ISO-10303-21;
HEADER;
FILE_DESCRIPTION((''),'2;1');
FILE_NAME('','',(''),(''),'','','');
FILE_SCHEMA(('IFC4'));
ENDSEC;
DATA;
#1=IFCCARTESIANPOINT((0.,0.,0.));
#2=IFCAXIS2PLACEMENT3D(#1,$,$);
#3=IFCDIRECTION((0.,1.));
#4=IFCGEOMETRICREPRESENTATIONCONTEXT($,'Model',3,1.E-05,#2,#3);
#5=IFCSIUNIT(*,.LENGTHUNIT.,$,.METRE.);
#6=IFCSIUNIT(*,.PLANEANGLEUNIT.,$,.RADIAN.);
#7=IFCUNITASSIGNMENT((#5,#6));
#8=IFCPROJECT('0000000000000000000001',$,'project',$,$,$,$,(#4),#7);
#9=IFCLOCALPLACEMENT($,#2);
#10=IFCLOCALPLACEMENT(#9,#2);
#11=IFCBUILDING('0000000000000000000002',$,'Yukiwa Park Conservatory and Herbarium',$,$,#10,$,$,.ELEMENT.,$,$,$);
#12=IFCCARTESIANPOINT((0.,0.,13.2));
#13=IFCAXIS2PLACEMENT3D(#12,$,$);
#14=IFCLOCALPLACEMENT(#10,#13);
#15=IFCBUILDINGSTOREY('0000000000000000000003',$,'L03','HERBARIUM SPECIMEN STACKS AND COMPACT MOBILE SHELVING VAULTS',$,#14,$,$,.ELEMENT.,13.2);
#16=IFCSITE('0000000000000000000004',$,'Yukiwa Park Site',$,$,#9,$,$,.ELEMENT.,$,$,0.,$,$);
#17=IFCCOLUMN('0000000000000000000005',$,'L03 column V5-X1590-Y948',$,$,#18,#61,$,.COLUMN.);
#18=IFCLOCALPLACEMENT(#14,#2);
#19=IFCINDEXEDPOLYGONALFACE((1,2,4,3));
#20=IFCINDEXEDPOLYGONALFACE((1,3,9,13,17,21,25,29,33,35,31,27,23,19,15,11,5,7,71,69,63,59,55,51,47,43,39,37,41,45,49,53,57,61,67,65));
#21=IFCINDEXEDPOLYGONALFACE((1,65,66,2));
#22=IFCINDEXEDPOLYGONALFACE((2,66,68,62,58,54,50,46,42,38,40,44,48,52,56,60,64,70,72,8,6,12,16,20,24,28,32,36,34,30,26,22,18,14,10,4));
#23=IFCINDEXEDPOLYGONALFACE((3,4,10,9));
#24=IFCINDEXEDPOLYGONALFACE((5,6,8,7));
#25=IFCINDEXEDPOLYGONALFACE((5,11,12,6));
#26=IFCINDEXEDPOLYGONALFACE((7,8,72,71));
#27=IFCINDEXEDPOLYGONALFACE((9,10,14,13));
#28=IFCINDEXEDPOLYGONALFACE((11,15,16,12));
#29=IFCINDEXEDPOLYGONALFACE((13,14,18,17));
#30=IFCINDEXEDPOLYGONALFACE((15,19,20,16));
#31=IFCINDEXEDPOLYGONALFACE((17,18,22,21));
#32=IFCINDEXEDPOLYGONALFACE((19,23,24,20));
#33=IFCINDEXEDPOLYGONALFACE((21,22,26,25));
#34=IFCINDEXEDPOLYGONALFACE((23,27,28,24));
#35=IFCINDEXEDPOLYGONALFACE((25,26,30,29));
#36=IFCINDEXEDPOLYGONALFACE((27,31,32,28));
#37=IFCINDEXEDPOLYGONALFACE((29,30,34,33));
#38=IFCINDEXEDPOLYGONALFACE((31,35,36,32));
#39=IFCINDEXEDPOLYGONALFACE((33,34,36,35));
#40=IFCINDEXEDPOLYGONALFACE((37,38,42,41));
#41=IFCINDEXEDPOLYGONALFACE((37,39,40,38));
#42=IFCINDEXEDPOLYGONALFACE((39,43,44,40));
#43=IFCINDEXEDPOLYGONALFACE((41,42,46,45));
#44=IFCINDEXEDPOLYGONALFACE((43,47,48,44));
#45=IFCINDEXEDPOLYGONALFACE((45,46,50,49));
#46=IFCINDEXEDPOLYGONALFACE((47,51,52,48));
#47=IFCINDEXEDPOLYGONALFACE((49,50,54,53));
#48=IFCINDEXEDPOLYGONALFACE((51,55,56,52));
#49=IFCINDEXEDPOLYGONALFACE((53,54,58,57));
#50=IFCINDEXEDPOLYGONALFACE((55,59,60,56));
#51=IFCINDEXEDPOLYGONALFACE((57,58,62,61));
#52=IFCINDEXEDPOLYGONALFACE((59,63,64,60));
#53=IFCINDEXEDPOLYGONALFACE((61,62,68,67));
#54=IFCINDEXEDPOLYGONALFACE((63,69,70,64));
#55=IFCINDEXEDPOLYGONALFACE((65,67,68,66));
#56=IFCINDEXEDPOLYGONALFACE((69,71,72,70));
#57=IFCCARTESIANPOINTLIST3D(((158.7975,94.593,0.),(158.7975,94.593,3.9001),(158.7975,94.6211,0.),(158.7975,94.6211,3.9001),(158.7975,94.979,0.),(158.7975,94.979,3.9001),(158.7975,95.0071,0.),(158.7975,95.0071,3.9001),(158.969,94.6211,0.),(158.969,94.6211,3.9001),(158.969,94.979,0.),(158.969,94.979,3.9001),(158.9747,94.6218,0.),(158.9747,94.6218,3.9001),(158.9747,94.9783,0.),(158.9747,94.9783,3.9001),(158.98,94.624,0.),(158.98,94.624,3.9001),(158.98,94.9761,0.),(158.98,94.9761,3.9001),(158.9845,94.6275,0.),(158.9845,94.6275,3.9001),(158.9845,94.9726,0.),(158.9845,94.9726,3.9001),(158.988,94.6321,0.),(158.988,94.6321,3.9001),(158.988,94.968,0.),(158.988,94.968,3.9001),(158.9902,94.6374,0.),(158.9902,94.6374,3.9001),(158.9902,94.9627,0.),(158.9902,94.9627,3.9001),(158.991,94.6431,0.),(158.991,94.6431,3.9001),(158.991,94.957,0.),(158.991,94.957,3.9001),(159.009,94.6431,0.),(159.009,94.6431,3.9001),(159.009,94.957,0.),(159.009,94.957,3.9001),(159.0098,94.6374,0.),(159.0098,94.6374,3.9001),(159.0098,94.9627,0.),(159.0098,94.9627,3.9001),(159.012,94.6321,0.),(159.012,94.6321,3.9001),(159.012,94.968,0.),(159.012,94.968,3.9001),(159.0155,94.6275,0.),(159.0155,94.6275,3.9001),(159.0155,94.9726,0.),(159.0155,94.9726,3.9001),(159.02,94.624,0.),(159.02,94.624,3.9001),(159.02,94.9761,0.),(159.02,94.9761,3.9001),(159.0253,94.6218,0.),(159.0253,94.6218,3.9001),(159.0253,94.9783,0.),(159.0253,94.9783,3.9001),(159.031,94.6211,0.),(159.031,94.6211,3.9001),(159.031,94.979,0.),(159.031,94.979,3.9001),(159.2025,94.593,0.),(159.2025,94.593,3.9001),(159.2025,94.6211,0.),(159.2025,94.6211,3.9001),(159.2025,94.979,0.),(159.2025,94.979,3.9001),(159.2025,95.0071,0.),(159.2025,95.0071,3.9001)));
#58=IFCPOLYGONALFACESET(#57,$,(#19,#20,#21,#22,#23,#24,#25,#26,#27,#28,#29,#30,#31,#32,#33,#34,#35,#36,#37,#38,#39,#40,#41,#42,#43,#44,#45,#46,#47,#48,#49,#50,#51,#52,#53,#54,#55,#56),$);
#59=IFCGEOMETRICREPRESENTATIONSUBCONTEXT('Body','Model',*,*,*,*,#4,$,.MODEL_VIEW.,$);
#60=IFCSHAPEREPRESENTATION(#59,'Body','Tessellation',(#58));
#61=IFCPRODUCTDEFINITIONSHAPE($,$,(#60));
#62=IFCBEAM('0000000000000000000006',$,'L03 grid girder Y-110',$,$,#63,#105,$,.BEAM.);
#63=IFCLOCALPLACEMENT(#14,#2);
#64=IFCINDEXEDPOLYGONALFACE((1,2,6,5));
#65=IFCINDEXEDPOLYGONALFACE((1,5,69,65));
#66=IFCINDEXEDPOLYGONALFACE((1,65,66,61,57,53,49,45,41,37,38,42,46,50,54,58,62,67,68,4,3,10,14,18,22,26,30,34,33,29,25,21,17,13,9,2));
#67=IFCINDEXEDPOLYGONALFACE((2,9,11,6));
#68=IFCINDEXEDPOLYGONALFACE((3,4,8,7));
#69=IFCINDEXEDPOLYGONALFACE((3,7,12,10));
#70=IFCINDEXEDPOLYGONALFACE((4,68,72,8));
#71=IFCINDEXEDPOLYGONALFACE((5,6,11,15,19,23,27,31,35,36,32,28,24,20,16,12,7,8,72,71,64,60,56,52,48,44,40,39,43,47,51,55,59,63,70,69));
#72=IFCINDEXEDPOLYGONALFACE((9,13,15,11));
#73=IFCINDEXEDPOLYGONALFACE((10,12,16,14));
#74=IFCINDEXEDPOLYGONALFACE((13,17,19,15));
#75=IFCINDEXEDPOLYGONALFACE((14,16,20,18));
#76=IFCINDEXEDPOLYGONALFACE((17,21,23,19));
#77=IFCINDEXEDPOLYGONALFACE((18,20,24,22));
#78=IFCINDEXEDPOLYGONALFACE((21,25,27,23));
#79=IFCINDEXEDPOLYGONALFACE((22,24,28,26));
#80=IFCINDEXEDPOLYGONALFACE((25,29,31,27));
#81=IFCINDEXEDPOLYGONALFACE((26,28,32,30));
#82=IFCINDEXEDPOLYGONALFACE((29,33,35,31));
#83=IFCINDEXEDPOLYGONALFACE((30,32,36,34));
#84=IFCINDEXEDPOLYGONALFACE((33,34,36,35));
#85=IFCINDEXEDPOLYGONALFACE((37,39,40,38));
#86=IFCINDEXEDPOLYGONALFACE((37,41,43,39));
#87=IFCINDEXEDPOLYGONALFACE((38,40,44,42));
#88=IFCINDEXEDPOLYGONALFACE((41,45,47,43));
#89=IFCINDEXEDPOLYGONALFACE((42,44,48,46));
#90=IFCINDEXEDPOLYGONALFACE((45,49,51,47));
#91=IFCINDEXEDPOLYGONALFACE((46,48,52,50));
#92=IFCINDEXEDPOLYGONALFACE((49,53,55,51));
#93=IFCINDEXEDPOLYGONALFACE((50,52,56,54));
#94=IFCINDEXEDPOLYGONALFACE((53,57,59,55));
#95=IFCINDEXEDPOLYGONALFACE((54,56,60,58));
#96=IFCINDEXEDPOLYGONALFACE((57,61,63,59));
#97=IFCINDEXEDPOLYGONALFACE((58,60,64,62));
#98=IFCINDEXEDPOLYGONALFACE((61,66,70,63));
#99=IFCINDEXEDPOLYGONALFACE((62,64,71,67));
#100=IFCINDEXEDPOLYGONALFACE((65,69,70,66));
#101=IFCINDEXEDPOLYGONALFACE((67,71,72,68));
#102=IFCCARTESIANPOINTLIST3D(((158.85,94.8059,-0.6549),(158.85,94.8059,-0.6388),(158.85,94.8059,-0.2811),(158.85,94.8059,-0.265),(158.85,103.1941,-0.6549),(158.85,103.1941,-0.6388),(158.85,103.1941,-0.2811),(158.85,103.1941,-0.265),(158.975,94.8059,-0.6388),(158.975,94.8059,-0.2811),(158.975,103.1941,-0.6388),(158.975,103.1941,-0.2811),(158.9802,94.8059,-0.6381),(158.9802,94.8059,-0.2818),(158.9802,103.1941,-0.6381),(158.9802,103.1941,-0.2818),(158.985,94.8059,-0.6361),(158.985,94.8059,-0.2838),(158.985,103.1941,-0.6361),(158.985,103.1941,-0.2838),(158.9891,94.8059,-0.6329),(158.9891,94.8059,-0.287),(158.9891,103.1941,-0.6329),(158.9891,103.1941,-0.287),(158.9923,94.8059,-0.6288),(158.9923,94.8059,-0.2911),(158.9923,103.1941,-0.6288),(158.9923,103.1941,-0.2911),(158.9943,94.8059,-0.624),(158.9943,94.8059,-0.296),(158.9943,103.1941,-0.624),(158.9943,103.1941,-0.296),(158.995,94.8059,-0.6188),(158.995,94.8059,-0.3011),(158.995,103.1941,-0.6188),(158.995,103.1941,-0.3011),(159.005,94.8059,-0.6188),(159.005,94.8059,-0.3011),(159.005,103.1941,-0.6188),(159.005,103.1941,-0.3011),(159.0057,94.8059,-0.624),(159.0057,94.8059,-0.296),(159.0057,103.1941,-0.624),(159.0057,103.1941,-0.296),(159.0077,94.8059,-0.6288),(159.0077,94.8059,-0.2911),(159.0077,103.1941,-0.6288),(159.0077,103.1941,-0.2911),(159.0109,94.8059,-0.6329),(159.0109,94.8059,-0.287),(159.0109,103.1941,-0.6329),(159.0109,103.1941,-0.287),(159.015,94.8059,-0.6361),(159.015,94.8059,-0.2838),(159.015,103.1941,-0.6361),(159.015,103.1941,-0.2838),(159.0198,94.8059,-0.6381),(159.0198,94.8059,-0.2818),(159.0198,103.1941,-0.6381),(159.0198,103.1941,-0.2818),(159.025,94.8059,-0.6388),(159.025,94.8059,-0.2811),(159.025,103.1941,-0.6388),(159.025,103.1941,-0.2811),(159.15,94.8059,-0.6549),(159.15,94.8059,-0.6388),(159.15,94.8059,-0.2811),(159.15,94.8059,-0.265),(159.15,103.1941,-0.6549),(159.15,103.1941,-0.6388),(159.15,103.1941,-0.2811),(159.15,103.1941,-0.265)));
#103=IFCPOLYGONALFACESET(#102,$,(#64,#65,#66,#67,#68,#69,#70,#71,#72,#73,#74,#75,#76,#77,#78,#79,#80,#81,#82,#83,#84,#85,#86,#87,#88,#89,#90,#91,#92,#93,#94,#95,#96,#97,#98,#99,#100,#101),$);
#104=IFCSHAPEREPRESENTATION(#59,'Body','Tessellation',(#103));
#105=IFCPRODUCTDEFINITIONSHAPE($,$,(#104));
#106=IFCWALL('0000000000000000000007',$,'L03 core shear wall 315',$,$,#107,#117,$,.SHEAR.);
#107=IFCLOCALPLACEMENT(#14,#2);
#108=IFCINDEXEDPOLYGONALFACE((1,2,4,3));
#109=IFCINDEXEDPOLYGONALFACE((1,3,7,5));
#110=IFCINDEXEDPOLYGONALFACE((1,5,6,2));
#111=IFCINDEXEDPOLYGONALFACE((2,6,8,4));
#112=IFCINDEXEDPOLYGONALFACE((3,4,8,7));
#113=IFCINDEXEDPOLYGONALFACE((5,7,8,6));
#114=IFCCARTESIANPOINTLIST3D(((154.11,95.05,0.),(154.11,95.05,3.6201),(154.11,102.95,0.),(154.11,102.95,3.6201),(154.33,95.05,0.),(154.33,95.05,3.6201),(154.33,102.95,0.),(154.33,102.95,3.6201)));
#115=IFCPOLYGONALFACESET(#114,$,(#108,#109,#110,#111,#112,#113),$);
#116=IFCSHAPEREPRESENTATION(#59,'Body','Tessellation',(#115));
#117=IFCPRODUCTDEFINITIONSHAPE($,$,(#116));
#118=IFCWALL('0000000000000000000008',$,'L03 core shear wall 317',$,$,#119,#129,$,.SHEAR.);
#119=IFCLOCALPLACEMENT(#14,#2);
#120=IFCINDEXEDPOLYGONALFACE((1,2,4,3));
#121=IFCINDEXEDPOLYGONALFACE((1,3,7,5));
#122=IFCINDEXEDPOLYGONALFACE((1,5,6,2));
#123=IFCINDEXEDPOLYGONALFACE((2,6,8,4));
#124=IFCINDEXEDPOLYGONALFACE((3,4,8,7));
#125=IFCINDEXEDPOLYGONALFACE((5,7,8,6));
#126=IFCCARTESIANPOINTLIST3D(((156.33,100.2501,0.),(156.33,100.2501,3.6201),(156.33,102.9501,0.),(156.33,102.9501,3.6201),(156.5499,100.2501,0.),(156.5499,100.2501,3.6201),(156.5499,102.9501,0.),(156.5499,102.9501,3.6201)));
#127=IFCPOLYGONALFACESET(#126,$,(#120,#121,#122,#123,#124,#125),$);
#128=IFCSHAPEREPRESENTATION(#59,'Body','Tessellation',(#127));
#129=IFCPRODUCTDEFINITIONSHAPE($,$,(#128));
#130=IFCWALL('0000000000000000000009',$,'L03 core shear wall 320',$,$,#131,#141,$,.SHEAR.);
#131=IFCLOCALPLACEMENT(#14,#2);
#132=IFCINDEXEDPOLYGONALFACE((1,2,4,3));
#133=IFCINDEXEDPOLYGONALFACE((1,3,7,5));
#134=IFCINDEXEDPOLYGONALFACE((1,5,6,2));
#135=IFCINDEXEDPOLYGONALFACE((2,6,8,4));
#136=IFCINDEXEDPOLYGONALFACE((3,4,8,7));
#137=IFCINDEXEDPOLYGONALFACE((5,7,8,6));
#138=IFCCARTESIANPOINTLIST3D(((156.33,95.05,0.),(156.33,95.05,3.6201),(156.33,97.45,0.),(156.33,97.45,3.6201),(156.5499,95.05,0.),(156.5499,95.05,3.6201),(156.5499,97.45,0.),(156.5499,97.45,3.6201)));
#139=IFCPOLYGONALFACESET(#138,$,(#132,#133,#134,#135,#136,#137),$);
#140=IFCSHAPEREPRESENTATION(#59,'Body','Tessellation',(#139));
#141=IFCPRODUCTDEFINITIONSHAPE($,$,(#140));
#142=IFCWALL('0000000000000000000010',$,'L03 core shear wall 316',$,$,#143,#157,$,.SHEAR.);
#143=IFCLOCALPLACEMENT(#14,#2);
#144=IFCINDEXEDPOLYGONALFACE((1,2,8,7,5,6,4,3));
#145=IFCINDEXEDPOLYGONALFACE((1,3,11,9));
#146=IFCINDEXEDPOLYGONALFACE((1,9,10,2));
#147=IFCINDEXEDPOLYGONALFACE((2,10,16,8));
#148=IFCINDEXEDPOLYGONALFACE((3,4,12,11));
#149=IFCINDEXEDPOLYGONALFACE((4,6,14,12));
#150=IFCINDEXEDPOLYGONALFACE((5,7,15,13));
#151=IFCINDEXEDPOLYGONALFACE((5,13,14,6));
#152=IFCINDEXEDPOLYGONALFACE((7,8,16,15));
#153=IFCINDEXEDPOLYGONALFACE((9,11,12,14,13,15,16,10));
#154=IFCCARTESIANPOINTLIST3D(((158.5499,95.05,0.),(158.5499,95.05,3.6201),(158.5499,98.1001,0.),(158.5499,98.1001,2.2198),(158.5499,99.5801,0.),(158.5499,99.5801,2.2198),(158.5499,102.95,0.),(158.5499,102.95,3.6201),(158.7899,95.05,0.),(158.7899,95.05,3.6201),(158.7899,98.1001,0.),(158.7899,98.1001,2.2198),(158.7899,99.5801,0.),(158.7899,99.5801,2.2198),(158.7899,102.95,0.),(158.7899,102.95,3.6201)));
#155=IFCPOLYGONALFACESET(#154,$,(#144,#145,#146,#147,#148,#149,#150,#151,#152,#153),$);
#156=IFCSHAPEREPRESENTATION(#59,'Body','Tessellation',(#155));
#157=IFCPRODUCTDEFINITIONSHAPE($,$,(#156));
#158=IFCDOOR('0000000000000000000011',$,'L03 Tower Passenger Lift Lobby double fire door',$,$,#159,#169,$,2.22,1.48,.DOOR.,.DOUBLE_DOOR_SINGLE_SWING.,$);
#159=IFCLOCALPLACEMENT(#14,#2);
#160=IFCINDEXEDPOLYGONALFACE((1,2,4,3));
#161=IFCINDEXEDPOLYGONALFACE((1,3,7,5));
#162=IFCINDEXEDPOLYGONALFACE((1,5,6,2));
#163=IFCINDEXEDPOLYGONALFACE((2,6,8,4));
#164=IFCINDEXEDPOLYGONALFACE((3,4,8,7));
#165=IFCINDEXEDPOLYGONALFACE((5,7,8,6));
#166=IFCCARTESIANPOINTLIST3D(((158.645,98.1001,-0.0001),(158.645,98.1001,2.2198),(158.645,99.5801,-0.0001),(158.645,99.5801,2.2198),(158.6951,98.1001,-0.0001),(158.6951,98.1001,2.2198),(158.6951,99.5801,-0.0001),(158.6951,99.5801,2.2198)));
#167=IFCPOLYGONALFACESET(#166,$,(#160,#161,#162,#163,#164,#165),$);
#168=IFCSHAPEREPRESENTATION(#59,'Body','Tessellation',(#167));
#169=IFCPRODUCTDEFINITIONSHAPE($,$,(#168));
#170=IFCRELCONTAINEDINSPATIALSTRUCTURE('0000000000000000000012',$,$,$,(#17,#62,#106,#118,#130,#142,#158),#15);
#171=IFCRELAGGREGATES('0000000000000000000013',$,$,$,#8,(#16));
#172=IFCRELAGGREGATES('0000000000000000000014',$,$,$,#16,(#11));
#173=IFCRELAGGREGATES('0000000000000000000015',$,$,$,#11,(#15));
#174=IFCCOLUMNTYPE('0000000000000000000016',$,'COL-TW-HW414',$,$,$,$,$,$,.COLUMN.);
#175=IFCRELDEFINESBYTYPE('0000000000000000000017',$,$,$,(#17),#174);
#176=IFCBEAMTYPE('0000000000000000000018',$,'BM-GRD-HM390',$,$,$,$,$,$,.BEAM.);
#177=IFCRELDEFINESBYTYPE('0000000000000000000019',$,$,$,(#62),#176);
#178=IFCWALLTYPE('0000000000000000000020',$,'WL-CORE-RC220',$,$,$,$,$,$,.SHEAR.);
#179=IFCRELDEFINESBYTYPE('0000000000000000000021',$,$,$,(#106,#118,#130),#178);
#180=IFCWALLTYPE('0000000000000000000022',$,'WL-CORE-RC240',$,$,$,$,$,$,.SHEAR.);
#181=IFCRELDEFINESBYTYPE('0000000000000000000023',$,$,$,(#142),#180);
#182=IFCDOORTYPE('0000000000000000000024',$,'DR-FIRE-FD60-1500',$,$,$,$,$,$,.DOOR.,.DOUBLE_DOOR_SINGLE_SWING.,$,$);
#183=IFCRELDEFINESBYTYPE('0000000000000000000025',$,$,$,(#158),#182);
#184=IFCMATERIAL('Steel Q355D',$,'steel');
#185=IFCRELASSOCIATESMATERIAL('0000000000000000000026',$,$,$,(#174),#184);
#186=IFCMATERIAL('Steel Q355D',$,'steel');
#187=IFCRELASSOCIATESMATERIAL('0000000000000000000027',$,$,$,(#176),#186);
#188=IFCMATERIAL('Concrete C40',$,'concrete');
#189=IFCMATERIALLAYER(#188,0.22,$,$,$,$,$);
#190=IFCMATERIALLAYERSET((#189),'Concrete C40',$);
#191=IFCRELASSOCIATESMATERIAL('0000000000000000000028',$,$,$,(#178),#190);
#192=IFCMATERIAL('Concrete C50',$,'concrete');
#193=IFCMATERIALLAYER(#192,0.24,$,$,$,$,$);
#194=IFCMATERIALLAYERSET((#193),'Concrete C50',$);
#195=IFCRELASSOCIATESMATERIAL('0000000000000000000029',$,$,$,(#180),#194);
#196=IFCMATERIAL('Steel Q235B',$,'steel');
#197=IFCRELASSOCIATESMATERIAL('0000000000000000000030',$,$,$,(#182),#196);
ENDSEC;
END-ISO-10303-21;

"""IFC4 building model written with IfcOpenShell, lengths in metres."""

from ifc_helpers import new_model, si_unit, direction, frame, frame_2d, origin, origin_2d, place, context, subcontext, project, spatial, rectangle, i_section, extrude, material, layer, layer_set, material_profile, profile_set, type_object, element, fill, save


model = new_model("IFC4")

# Units and contexts
model_context = context("Model", 3, precision=1e-05, world=origin(), true_north=direction((0.0, 1.0)))
body_context = subcontext(model_context, "Body", "Model", "MODEL_VIEW")
ifc_project = project(units=[si_unit("LENGTHUNIT", "METRE"), si_unit("PLANEANGLEUNIT", "RADIAN")], contexts=[model_context])

# Site, building, storey
site_placement = place(None, origin())
site = spatial("IfcSite", under=ifc_project, at=site_placement, Name="Yukiwa Park Site", CompositionType="ELEMENT", RefElevation=0.0)
building_placement = place(site_placement, origin())
building = spatial("IfcBuilding", under=site, at=building_placement, Name="Yukiwa Park Conservatory and Herbarium", CompositionType="ELEMENT")
storey_placement = place(building_placement, frame((0.0, 0.0, 13.2)))
storey = spatial("IfcBuildingStorey", under=building, at=storey_placement, Name="L03", Description="HERBARIUM SPECIMEN STACKS AND COMPACT MOBILE SHELVING VAULTS", CompositionType="ELEMENT", Elevation=13.2)

# Column
ifc_material_1 = material(Name="Steel Q355D", Category="steel")
ifc_material_profile_1 = material_profile(ifc_material_1, i_section(OverallWidth=0.405, OverallDepth=0.4141, WebThickness=0.0181, FlangeThickness=0.0281, FilletRadius=0.022, at=origin_2d()), Name="HW 414x405x18x28")
ifc_profile_set_1 = profile_set([ifc_material_profile_1], Name="Steel Q355D")
column_type = type_object("IfcColumnType", Name="COL-TW-HW414", PredefinedType="COLUMN", material=ifc_profile_set_1)
column_placement = place(storey_placement, frame((159.0, 94.8, 0.0), z_axis=(0.0, 0.0, 1.0), x_axis=(1.0, 0.0, 0.0)))
element("IfcColumn", 1, at=column_placement, inside=storey, type_object=column_type, Name="L03 column V5-X1590-Y948", PredefinedType="COLUMN", context=body_context, shape_type="SweptSolid", body=[
    extrude(i_section(OverallWidth=0.405, OverallDepth=0.4141, WebThickness=0.0181, FlangeThickness=0.0281, FilletRadius=0.022, at=origin_2d()), origin(), (0.0, 0.0, 1.0), 3.9001),
])

# Beam
ifc_material_2 = material(Name="Steel Q355D", Category="steel")
ifc_material_profile_2 = material_profile(ifc_material_2, i_section(OverallWidth=0.3, OverallDepth=0.3899, WebThickness=0.01, FlangeThickness=0.0161, FilletRadius=0.02, at=origin_2d()), Name="HM 390x300x10x16")
ifc_profile_set_2 = profile_set([ifc_material_profile_2], Name="Steel Q355D")
beam_type = type_object("IfcBeamType", Name="BM-GRD-HM390", PredefinedType="BEAM", material=ifc_profile_set_2)
beam_placement = place(storey_placement, frame((159.0, 94.8059, -0.46), z_axis=(0.0, 1.0, 0.0), x_axis=(-1.0, 0.0, 0.0)))
element("IfcBeam", 2, at=beam_placement, inside=storey, type_object=beam_type, Name="L03 grid girder Y-110", PredefinedType="BEAM", context=body_context, shape_type="SweptSolid", body=[
    extrude(i_section(OverallWidth=0.3, OverallDepth=0.3899, WebThickness=0.01, FlangeThickness=0.0161, FilletRadius=0.02, at=origin_2d()), origin(), (0.0, 0.0, 1.0), 8.3882),
])

# Walls
ifc_material_3 = material(Name="Concrete C40", Category="concrete")
ifc_layer_1 = layer(ifc_material_3, 0.22)
ifc_layer_set_1 = layer_set([ifc_layer_1], Name="Concrete C40")
wall_type_1 = type_object("IfcWallType", Name="WL-CORE-RC220", PredefinedType="SHEAR", material=ifc_layer_set_1)
wall_1_placement = place(storey_placement, frame((154.22, 95.05, 0.0), z_axis=(0.0, 0.0, 1.0), x_axis=(0.0, 1.0, 0.0)))
element("IfcWall", 3, at=wall_1_placement, inside=storey, type_object=wall_type_1, Name="L03 core shear wall 315", PredefinedType="SHEAR", context=body_context, shape_type="SweptSolid", body=[
    extrude(rectangle(XDim=7.8999, YDim=0.22, at=frame_2d((3.95, 0.0))), origin(), (0.0, 0.0, 1.0), 3.6201),
])
wall_2_placement = place(storey_placement, frame((156.4399, 100.25, 0.0), z_axis=(0.0, 0.0, 1.0), x_axis=(0.0, 1.0, 0.0)))
element("IfcWall", 4, at=wall_2_placement, inside=storey, type_object=wall_type_1, Name="L03 core shear wall 317", PredefinedType="SHEAR", context=body_context, shape_type="SweptSolid", body=[
    extrude(rectangle(XDim=2.7, YDim=0.22, at=frame_2d((1.3501, 0.0))), origin(), (0.0, 0.0, 1.0), 3.6201),
])

# Wall
wall_3_placement = place(storey_placement, frame((156.4399, 95.05, 0.0), z_axis=(0.0, 0.0, 1.0), x_axis=(0.0, 1.0, 0.0)))
element("IfcWall", 5, at=wall_3_placement, inside=storey, type_object=wall_type_1, Name="L03 core shear wall 320", PredefinedType="SHEAR", context=body_context, shape_type="SweptSolid", body=[
    extrude(rectangle(XDim=2.3999, YDim=0.22, at=frame_2d((1.2, 0.0))), origin(), (0.0, 0.0, 1.0), 3.6201),
])

# Wall, opening, door
ifc_material_4 = material(Name="Concrete C50", Category="concrete")
ifc_layer_2 = layer(ifc_material_4, 0.24)
ifc_layer_set_2 = layer_set([ifc_layer_2], Name="Concrete C50")
wall_type_2 = type_object("IfcWallType", Name="WL-CORE-RC240", PredefinedType="SHEAR", material=ifc_layer_set_2)
wall_4_placement = place(storey_placement, frame((158.6699, 95.05, 0.0), z_axis=(0.0, 0.0, 1.0), x_axis=(0.0, 1.0, 0.0)))
wall_4 = element("IfcWall", 6, at=wall_4_placement, inside=storey, type_object=wall_type_2, Name="L03 core shear wall 316", PredefinedType="SHEAR", context=body_context, shape_type="SweptSolid", body=[
    extrude(rectangle(XDim=7.8999, YDim=0.24, at=frame_2d((3.95, 0.0))), origin(), (0.0, 0.0, 1.0), 3.6201),
])
opening_1_placement = place(wall_4_placement, frame((3.05, 0.0, 0.0)))
opening_1 = element("IfcOpeningElement", 7, at=opening_1_placement, cuts=wall_4, PredefinedType="OPENING", context=body_context, shape_type="SweptSolid", body=[
    extrude(rectangle(XDim=1.48, YDim=2.22, at=frame_2d((0.74, 1.1099))), frame((0.0, 0.1299, 0.0), z_axis=(0.0, -1.0, 0.0), x_axis=(1.0, 0.0, 0.0)), (0.0, 0.0, 1.0), 0.26),
])
ifc_material_5 = material(Name="Steel Q235B", Category="steel")
door_type_1 = type_object("IfcDoorType", Name="DR-FIRE-FD60-1500", OperationType="DOUBLE_DOOR_SINGLE_SWING", PredefinedType="DOOR", material=ifc_material_5)
door_1_placement = place(opening_1_placement, origin())
door_1 = element("IfcDoor", 8, at=door_1_placement, inside=storey, type_object=door_type_1, Name="L03 Tower Passenger Lift Lobby double fire door", OperationType="DOUBLE_DOOR_SINGLE_SWING", OverallHeight=2.22, OverallWidth=1.48, PredefinedType="DOOR", context=body_context, shape_type="SweptSolid", body=[
    extrude(rectangle(XDim=1.48, YDim=2.22, at=frame_2d((0.74, 1.1099))), frame((0.0, 0.0249, 0.0), z_axis=(0.0, -1.0, 0.0), x_axis=(1.0, 0.0, 0.0)), (0.0, 0.0, 1.0), 0.05),
])
fill(opening_1, door_1)

save(model, "model.ifc")
